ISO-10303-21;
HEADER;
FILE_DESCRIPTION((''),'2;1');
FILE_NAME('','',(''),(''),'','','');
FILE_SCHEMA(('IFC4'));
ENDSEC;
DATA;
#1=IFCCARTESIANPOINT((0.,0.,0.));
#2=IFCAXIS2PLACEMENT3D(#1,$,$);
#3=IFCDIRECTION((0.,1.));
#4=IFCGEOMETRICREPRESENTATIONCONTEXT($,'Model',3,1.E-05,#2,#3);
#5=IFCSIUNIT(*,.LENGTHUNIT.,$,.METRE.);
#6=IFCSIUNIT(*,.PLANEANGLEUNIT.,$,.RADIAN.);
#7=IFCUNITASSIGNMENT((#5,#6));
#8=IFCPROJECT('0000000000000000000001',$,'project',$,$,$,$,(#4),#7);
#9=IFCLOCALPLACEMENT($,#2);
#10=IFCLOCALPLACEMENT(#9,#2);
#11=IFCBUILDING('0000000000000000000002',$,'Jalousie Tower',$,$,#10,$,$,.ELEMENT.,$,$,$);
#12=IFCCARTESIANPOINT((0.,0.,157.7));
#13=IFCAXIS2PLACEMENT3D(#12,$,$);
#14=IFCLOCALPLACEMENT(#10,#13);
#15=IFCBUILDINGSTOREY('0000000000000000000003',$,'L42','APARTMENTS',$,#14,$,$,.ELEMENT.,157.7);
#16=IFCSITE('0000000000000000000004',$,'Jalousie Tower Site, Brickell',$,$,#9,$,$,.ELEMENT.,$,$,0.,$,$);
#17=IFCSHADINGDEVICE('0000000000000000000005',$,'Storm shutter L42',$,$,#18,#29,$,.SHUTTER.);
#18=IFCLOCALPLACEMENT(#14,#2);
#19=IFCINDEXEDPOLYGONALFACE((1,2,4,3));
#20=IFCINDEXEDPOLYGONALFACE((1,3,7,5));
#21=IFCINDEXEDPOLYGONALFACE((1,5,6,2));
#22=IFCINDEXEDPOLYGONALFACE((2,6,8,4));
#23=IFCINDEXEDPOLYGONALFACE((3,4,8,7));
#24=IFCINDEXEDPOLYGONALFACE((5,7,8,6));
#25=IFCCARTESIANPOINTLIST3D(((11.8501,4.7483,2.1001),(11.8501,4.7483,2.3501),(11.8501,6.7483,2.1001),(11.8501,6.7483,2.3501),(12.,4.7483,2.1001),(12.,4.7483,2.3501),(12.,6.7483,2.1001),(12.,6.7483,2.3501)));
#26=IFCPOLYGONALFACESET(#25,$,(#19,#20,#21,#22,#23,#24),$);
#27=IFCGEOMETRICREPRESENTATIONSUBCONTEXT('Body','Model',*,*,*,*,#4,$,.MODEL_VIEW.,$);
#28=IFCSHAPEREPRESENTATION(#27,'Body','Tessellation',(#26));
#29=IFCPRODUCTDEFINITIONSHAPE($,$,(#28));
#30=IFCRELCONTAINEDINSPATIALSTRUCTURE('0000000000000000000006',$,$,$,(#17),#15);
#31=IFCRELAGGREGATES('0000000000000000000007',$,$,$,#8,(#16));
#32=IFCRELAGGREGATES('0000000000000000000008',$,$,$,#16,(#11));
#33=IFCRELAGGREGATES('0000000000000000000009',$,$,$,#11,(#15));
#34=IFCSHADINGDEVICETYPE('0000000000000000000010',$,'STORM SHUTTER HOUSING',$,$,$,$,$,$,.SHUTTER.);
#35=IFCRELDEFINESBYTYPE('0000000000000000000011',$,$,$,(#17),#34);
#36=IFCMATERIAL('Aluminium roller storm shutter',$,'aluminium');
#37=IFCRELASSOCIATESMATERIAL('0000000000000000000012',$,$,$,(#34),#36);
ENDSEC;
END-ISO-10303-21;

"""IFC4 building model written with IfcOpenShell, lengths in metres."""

from ifc_helpers import new_model, si_unit, direction, frame, origin, origin_2d, place, context, subcontext, project, spatial, rectangle, extrude, material, type_object, element, save


model = new_model("IFC4")

# Units and contexts
model_context = context("Model", 3, precision=1e-05, world=origin(), true_north=direction((0.0, 1.0)))
body_context = subcontext(model_context, "Body", "Model", "MODEL_VIEW")
ifc_project = project(units=[si_unit("LENGTHUNIT", "METRE"), si_unit("PLANEANGLEUNIT", "RADIAN")], contexts=[model_context])

# Site, building, storey
site_placement = place(None, origin())
site = spatial("IfcSite", under=ifc_project, at=site_placement, Name="Jalousie Tower Site, Brickell", CompositionType="ELEMENT", RefElevation=0.0)
building_placement = place(site_placement, origin())
building = spatial("IfcBuilding", under=site, at=building_placement, Name="Jalousie Tower", CompositionType="ELEMENT")
storey_placement = place(building_placement, frame((0.0, 0.0, 157.7)))
storey = spatial("IfcBuildingStorey", under=building, at=storey_placement, Name="L42", Description="APARTMENTS", CompositionType="ELEMENT", Elevation=157.7)

# Shading device
ifc_material_1 = material(Name="Aluminium roller storm shutter", Category="aluminium")
shading_device_type_1 = type_object("IfcShadingDeviceType", Name="STORM SHUTTER HOUSING", PredefinedType="SHUTTER", material=ifc_material_1)
shading_device_placement = place(storey_placement, frame((11.925, 5.7483, 2.1001), z_axis=(0.0, 0.0, 1.0), x_axis=(0.0, -1.0, 0.0)))
element("IfcShadingDevice", 1, at=shading_device_placement, inside=storey, type_object=shading_device_type_1, Name="Storm shutter L42", PredefinedType="SHUTTER", context=body_context, shape_type="SweptSolid", body=[
    extrude(rectangle(XDim=2.0, YDim=0.1499, at=origin_2d()), origin(), (0.0, 0.0, 1.0), 0.25),
])

save(model, "model.ifc")
